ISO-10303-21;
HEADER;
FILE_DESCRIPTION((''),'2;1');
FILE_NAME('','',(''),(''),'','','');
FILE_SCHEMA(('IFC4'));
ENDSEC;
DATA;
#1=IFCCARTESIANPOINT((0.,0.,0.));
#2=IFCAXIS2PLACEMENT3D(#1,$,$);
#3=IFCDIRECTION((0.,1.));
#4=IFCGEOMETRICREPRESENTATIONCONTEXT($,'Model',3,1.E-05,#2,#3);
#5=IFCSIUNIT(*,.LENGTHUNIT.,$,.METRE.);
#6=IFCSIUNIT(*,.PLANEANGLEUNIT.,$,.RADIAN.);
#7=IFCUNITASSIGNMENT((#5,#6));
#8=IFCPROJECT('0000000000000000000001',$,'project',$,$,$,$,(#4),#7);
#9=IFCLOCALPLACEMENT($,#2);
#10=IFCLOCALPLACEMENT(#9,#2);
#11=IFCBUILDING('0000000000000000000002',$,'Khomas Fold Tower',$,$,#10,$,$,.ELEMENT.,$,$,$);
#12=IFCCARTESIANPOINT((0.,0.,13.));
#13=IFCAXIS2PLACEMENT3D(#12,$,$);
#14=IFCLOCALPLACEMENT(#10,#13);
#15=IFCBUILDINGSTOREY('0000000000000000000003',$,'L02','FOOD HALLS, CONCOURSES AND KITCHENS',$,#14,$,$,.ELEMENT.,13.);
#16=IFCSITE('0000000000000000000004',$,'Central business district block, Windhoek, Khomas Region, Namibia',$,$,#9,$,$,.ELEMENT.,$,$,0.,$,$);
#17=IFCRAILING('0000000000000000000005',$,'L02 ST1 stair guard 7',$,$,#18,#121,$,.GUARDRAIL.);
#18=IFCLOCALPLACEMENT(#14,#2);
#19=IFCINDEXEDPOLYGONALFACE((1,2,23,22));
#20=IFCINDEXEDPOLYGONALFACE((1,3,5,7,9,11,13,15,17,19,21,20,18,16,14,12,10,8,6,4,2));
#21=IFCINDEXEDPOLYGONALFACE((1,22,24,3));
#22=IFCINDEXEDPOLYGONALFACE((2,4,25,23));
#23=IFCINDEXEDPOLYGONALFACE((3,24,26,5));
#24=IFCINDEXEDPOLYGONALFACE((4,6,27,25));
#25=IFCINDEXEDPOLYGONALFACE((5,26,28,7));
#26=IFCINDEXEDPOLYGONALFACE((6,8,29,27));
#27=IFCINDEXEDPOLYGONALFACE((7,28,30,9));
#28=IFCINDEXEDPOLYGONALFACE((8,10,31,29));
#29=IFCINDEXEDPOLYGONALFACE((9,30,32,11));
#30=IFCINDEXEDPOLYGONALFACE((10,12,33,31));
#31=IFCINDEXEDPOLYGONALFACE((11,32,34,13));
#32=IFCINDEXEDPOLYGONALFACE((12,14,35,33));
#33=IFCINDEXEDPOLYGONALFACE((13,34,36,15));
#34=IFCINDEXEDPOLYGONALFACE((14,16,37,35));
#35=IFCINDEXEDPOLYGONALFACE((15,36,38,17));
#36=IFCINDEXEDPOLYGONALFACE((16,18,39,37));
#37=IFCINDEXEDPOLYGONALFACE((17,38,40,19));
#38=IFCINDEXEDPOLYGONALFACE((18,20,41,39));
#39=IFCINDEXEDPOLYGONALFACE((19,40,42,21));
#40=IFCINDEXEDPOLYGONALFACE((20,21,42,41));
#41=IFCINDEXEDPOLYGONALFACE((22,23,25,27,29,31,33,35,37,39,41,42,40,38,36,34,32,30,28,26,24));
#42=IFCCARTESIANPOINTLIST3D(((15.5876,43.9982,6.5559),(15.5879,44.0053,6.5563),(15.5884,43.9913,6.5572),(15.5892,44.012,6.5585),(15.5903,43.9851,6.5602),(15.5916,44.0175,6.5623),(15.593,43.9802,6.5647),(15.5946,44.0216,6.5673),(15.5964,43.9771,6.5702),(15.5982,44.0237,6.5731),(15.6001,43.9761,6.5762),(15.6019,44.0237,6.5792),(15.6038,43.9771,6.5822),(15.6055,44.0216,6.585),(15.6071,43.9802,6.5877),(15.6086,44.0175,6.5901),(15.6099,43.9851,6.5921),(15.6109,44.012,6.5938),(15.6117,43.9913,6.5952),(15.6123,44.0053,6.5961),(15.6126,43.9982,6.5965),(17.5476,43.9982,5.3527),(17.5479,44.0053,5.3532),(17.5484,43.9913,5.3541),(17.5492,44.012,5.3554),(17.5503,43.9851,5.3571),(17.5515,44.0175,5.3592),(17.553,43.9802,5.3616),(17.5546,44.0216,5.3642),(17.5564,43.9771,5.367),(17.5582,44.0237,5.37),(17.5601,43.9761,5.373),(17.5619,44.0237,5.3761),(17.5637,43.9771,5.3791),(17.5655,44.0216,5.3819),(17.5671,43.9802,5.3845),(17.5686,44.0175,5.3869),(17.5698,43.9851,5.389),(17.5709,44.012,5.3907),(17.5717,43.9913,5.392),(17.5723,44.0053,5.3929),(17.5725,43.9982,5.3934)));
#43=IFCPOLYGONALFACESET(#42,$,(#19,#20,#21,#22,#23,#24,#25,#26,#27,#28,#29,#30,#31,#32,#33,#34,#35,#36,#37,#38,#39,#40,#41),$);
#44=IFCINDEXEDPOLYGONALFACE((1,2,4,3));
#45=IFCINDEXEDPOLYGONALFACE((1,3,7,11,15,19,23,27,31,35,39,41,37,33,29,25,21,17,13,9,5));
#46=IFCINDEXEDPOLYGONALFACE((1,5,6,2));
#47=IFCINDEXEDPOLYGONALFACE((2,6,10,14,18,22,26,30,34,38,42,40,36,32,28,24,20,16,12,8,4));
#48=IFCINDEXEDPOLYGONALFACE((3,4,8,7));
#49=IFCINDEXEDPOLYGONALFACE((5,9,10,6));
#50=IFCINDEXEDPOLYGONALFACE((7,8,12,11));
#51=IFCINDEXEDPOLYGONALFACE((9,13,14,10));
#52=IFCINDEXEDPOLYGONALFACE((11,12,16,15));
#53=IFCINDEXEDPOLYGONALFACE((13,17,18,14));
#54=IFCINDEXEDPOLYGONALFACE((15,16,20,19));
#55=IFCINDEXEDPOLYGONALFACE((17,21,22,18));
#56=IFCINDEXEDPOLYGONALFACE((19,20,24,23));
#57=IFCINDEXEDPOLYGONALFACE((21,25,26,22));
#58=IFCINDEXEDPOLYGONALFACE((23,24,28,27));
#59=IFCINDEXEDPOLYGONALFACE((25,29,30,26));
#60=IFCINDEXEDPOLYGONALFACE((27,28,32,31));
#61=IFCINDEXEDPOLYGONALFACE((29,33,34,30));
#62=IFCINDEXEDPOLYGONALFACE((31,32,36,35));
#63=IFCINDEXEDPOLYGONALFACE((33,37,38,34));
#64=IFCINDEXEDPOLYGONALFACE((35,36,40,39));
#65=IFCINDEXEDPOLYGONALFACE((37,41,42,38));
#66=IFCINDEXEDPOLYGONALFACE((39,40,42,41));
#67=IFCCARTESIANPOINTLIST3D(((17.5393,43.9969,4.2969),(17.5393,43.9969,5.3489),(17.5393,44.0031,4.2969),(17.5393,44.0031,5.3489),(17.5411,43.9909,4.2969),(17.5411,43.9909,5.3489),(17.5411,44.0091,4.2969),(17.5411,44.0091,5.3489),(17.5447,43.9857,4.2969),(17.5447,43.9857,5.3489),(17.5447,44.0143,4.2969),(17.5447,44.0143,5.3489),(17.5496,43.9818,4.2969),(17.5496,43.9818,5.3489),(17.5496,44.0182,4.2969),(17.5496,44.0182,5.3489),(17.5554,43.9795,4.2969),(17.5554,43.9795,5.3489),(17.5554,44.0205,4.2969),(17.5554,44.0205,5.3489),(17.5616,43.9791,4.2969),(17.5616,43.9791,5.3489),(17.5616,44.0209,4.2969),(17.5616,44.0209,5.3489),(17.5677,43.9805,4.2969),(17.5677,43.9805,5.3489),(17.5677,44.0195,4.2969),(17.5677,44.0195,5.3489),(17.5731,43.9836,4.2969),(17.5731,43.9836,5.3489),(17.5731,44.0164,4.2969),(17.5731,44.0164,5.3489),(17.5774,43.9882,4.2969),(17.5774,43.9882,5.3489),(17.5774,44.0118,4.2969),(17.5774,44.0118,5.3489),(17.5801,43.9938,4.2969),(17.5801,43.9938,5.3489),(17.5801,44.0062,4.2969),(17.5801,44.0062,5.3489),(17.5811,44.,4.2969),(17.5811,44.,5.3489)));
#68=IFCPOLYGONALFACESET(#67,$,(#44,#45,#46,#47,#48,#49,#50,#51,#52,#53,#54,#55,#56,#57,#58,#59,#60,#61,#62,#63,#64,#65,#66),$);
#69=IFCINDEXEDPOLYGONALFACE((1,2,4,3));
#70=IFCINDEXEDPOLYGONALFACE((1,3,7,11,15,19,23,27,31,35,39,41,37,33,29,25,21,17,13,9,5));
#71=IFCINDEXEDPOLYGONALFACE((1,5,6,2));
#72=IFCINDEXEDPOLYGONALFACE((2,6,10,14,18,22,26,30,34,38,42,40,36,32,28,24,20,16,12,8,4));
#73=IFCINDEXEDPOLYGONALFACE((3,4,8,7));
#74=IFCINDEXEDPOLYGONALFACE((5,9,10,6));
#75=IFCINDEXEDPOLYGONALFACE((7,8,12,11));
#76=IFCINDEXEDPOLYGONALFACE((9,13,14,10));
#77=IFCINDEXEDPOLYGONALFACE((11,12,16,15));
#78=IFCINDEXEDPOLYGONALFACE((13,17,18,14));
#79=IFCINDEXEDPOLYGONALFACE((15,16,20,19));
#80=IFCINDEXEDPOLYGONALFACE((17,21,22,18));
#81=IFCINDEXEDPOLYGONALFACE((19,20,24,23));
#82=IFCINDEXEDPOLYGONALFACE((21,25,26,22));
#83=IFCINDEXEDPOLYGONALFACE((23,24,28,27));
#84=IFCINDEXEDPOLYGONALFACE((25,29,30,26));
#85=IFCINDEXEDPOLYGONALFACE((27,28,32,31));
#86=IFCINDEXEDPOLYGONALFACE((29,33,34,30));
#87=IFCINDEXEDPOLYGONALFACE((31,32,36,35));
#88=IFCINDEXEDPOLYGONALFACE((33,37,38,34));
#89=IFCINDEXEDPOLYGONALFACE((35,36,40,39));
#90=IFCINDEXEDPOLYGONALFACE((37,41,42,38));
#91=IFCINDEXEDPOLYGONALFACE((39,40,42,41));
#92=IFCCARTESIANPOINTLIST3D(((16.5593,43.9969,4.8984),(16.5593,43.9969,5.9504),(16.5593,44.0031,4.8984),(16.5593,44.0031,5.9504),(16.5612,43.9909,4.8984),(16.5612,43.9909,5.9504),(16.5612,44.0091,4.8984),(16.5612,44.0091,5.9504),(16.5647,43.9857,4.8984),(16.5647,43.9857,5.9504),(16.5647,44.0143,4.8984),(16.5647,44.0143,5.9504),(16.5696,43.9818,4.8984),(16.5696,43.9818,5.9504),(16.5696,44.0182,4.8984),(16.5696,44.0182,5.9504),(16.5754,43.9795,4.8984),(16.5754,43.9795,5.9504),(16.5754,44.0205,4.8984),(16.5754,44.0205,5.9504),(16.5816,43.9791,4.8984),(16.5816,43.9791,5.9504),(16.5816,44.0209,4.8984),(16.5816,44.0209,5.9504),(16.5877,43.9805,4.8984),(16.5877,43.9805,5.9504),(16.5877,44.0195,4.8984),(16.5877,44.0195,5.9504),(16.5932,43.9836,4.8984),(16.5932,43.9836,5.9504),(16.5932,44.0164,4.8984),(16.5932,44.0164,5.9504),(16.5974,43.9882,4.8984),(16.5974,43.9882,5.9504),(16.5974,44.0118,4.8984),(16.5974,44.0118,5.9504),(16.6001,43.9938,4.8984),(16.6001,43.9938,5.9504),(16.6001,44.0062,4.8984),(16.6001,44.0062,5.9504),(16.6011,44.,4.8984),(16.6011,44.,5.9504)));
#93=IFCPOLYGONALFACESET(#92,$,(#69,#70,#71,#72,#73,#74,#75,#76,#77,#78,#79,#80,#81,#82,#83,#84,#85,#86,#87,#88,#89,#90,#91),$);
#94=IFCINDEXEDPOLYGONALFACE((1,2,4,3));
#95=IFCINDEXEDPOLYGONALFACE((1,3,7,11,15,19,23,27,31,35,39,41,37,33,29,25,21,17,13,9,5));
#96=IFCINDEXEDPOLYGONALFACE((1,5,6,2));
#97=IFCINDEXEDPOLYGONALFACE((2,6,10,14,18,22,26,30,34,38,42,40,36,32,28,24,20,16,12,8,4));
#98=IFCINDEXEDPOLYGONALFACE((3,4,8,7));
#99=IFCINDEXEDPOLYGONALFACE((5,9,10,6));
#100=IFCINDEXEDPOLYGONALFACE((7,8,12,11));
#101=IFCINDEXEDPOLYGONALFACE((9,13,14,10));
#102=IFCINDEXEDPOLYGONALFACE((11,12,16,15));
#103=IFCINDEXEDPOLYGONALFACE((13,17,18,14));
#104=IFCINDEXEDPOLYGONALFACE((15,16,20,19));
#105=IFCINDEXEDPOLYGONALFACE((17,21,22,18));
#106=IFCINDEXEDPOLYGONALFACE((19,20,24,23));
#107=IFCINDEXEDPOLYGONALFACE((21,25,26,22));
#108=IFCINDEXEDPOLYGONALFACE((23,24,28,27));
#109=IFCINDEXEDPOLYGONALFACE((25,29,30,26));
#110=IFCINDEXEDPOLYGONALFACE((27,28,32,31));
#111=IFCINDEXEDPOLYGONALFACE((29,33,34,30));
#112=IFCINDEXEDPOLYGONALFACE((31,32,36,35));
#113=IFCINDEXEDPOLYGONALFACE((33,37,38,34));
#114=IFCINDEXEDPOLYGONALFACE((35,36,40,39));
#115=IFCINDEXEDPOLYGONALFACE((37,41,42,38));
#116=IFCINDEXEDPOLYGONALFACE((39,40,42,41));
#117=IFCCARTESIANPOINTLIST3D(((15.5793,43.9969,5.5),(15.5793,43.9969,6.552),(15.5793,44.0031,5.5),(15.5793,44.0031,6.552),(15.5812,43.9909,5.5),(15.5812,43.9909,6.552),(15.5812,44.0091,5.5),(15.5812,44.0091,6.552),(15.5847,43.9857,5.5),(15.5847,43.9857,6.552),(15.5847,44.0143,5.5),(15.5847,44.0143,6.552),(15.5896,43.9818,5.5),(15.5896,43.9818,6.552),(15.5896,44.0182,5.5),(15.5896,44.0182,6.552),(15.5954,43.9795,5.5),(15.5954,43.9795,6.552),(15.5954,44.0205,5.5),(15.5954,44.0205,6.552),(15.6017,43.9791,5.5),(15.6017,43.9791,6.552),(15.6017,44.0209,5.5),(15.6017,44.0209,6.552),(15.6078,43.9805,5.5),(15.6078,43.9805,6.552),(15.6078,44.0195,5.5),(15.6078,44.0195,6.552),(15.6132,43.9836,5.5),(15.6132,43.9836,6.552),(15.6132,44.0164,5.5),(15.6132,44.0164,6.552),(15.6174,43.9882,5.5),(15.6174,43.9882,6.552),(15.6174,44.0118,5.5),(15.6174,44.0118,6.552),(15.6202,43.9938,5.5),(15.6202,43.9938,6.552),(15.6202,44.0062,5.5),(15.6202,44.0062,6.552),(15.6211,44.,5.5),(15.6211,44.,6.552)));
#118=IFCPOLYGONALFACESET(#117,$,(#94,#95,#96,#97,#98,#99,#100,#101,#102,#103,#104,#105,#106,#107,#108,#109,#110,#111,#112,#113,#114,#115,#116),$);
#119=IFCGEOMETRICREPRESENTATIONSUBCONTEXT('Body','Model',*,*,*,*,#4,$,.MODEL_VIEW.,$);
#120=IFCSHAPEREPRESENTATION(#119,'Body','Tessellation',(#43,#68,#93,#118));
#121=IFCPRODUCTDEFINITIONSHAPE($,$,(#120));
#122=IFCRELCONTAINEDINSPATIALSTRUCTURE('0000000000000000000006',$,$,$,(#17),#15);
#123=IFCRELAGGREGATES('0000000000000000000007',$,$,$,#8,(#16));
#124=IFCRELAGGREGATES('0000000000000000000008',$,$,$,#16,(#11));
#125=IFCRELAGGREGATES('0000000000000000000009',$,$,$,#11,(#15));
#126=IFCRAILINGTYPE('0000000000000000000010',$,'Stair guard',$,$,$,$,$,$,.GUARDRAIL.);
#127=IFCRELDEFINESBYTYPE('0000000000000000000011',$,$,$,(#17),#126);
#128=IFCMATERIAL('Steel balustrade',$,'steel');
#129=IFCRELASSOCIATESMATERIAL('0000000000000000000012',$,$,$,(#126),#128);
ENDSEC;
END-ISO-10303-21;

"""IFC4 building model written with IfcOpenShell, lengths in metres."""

from ifc_helpers import new_model, si_unit, direction, frame, origin, origin_2d, place, context, subcontext, project, spatial, circle, extrude, source, transform, mapped, material, type_object, element, save


model = new_model("IFC4")

# Units and contexts
model_context = context("Model", 3, precision=1e-05, world=origin(), true_north=direction((0.0, 1.0)))
body_context = subcontext(model_context, "Body", "Model", "MODEL_VIEW")
ifc_project = project(units=[si_unit("LENGTHUNIT", "METRE"), si_unit("PLANEANGLEUNIT", "RADIAN")], contexts=[model_context])

# Site, building, storey
site_placement = place(None, origin())
site = spatial("IfcSite", under=ifc_project, at=site_placement, Name="Central business district block, Windhoek, Khomas Region, Namibia", CompositionType="ELEMENT", RefElevation=0.0)
building_placement = place(site_placement, origin())
building = spatial("IfcBuilding", under=site, at=building_placement, Name="Khomas Fold Tower", CompositionType="ELEMENT")
storey_placement = place(building_placement, frame((0.0, 0.0, 13.0)))
storey = spatial("IfcBuildingStorey", under=building, at=storey_placement, Name="L02", Description="FOOD HALLS, CONCOURSES AND KITCHENS", CompositionType="ELEMENT", Elevation=13.0)

# Railing
ifc_material_1 = material(Name="Steel balustrade", Category="steel")
railing_type_1 = type_object("IfcRailingType", Name="Stair guard", PredefinedType="GUARDRAIL", material=ifc_material_1)
shared_shape_1 = source(origin(), body_context, "Body", "SweptSolid", [
    extrude(circle(Radius=0.0239, at=origin_2d()), frame((0.0, 0.0, 1.0762), z_axis=(-0.852241, 0.0, 0.523149), x_axis=(0.0, -1.0, 0.0)), (0.0, 0.0, 1.0), 2.2998),
    extrude(circle(Radius=0.021, at=origin_2d()), origin(), (0.0, 0.0, 1.0), 1.052),
    extrude(circle(Radius=0.021, at=origin_2d()), frame((-0.98, 0.0, 0.6016)), (0.0, 0.0, 1.0), 1.052),
    extrude(circle(Radius=0.021, at=origin_2d()), frame((-1.96, 0.0, 1.2031)), (0.0, 0.0, 1.0), 1.052),
])
for number, where, name in (
    (1, (17.5601, 44.0, 4.2969), "L02 ST1 stair guard 7"),
):
    element("IfcRailing", number, at=place(storey_placement, frame(where)), inside=storey, type_object=railing_type_1, Name=name, PredefinedType="GUARDRAIL", context=body_context, shape_type="MappedRepresentation", body=[
        mapped(shared_shape_1, transform((0.0, 0.0, 0.0))),
    ])

save(model, "model.ifc")
